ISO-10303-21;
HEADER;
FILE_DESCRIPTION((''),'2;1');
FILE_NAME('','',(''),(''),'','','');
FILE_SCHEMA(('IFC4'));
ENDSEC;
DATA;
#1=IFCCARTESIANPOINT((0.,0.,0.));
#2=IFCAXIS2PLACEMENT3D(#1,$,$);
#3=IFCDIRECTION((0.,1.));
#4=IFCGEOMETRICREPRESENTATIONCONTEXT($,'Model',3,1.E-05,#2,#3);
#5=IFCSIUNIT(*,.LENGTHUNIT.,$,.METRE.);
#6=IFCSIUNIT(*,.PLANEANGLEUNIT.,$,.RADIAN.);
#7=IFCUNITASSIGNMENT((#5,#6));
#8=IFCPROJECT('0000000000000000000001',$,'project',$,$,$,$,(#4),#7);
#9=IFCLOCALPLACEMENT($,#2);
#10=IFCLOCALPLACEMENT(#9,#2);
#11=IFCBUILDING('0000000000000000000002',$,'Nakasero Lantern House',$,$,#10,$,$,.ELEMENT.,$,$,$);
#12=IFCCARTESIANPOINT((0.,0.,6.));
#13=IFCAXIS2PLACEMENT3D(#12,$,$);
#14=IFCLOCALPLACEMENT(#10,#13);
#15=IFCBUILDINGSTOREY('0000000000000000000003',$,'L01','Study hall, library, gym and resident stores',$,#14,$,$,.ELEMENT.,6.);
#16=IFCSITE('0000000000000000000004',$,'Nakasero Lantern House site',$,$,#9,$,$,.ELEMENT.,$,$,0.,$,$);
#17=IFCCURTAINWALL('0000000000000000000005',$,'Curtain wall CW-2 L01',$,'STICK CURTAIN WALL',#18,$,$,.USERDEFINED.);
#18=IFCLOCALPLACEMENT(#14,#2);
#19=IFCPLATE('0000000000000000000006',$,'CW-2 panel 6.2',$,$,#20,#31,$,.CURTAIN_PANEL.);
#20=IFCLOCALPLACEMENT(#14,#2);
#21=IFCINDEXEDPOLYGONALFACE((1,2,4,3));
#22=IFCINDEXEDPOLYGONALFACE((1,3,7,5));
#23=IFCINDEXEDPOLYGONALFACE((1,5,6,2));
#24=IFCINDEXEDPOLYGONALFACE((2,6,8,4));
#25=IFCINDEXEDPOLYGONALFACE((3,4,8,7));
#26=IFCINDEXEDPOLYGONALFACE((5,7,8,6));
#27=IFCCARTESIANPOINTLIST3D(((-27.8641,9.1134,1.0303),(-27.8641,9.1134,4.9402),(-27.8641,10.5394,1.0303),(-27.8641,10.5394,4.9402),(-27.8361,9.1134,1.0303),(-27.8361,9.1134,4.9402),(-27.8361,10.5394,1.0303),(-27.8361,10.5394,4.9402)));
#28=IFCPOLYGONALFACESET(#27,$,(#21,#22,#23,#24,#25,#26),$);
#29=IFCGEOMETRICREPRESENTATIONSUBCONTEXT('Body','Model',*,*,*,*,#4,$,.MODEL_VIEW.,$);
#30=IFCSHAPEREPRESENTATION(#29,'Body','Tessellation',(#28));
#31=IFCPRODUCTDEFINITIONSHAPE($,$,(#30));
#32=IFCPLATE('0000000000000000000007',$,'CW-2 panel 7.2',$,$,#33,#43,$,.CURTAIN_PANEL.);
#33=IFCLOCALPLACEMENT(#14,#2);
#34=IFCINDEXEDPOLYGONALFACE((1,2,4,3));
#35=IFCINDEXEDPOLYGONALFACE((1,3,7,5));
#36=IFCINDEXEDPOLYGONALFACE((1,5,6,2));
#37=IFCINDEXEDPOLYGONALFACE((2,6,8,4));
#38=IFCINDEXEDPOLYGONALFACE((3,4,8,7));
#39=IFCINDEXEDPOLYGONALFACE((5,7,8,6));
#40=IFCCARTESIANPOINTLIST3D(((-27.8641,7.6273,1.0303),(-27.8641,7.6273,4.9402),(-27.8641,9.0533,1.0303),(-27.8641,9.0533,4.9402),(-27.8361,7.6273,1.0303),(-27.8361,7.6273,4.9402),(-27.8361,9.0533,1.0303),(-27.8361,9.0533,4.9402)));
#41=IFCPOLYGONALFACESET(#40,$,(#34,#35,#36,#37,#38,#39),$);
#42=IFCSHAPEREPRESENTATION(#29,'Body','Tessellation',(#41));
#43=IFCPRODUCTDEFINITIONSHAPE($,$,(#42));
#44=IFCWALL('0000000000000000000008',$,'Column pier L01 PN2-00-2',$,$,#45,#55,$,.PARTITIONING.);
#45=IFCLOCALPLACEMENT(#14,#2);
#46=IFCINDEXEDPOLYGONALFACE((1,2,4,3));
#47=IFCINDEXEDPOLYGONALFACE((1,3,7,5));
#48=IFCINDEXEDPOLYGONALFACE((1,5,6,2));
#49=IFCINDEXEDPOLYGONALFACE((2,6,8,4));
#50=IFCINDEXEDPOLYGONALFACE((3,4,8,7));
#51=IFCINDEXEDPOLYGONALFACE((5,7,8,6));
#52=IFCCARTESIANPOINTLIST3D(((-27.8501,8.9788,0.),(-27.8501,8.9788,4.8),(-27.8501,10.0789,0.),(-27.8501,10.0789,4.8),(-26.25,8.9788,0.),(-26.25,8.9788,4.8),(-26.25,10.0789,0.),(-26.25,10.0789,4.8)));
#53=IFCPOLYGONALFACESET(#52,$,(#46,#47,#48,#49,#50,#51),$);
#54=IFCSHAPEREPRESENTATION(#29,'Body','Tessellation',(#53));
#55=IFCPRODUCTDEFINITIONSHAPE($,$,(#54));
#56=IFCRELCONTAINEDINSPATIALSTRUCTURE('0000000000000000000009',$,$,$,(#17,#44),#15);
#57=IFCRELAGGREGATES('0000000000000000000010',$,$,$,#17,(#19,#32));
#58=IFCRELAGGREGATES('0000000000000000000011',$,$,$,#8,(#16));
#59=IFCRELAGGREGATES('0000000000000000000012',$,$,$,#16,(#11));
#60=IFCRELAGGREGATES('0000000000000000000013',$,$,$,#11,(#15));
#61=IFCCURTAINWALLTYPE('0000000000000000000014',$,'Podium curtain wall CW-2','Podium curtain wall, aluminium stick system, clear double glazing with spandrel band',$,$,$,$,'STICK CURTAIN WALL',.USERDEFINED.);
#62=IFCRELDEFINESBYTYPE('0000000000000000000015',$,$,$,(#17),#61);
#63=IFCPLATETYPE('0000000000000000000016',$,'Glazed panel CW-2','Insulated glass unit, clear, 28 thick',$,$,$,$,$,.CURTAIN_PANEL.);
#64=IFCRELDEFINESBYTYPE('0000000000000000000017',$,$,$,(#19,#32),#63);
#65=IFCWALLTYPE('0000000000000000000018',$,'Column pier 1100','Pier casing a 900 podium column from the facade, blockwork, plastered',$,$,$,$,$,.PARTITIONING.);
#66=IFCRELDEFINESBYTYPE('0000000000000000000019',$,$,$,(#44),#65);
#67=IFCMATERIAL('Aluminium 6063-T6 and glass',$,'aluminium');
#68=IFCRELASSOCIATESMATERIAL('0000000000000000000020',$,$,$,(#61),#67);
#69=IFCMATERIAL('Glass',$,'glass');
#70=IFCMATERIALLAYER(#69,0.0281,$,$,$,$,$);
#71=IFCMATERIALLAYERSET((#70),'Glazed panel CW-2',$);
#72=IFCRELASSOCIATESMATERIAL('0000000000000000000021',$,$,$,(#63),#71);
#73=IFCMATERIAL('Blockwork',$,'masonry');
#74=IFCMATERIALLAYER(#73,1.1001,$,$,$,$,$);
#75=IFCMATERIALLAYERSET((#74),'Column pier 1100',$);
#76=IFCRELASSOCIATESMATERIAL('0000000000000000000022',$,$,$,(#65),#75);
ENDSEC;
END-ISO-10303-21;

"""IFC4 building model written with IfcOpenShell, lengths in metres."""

from ifc_helpers import new_model, si_unit, direction, frame, frame_2d, origin, origin_2d, place, context, subcontext, project, spatial, rectangle, extrude, material, layer, layer_set, type_object, element, aggregate, save


model = new_model("IFC4")

# Units and contexts
model_context = context("Model", 3, precision=1e-05, world=origin(), true_north=direction((0.0, 1.0)))
body_context = subcontext(model_context, "Body", "Model", "MODEL_VIEW")
ifc_project = project(units=[si_unit("LENGTHUNIT", "METRE"), si_unit("PLANEANGLEUNIT", "RADIAN")], contexts=[model_context])

# Site, building, storey
site_placement = place(None, origin())
site = spatial("IfcSite", under=ifc_project, at=site_placement, Name="Nakasero Lantern House site", CompositionType="ELEMENT", RefElevation=0.0)
building_placement = place(site_placement, origin())
building = spatial("IfcBuilding", under=site, at=building_placement, Name="Nakasero Lantern House", CompositionType="ELEMENT")
storey_placement = place(building_placement, frame((0.0, 0.0, 6.0)))
storey = spatial("IfcBuildingStorey", under=building, at=storey_placement, Name="L01", Description="Study hall, library, gym and resident stores", CompositionType="ELEMENT", Elevation=6.0)

# Curtain wall
ifc_material_1 = material(Name="Aluminium 6063-T6 and glass", Category="aluminium")
curtain_wall_type = type_object("IfcCurtainWallType", Name="Podium curtain wall CW-2", Description="Podium curtain wall, aluminium stick system, clear double glazing with spandrel band", ElementType="STICK CURTAIN WALL", PredefinedType="USERDEFINED", material=ifc_material_1)
curtain_wall_placement = place(storey_placement, origin())
curtain_wall = element("IfcCurtainWall", 1, at=curtain_wall_placement, inside=storey, type_object=curtain_wall_type, Name="Curtain wall CW-2 L01", ObjectType="STICK CURTAIN WALL", PredefinedType="USERDEFINED")

# Plates
ifc_material_2 = material(Name="Glass", Category="glass")
ifc_layer_1 = layer(ifc_material_2, 0.0281)
ifc_layer_set_1 = layer_set([ifc_layer_1], Name="Glazed panel CW-2")
plate_type = type_object("IfcPlateType", Name="Glazed panel CW-2", Description="Insulated glass unit, clear, 28 thick", PredefinedType="CURTAIN_PANEL", material=ifc_layer_set_1)
plate_1_placement = place(storey_placement, frame((-27.8501, 9.8264, 1.0303), z_axis=(0.0, 0.0, 1.0), x_axis=(0.0, -1.0, 0.0)))
plate_1 = element("IfcPlate", 2, at=plate_1_placement, type_object=plate_type, Name="CW-2 panel 6.2", PredefinedType="CURTAIN_PANEL", context=body_context, shape_type="SweptSolid", body=[
    extrude(rectangle(XDim=1.426, YDim=0.0281, at=origin_2d()), origin(), (0.0, 0.0, 1.0), 3.9099),
])
plate_2_placement = place(storey_placement, frame((-27.8501, 8.3403, 1.0303), z_axis=(0.0, 0.0, 1.0), x_axis=(0.0, -1.0, 0.0)))
plate_2 = element("IfcPlate", 3, at=plate_2_placement, type_object=plate_type, Name="CW-2 panel 7.2", PredefinedType="CURTAIN_PANEL", context=body_context, shape_type="SweptSolid", body=[
    extrude(rectangle(XDim=1.426, YDim=0.0281, at=origin_2d()), origin(), (0.0, 0.0, 1.0), 3.9099),
])
aggregate(curtain_wall, [plate_1, plate_2])

# Wall
ifc_material_3 = material(Name="Blockwork", Category="masonry")
ifc_layer_2 = layer(ifc_material_3, 1.1001)
ifc_layer_set_2 = layer_set([ifc_layer_2], Name="Column pier 1100")
wall_type = type_object("IfcWallType", Name="Column pier 1100", Description="Pier casing a 900 podium column from the facade, blockwork, plastered", PredefinedType="PARTITIONING", material=ifc_layer_set_2)
wall_placement = place(storey_placement, frame((-26.25, 9.5288, 0.0), z_axis=(0.0, 0.0, 1.0), x_axis=(-1.0, 0.0, 0.0)))
element("IfcWall", 4, at=wall_placement, inside=storey, type_object=wall_type, Name="Column pier L01 PN2-00-2", PredefinedType="PARTITIONING", context=body_context, shape_type="SweptSolid", body=[
    extrude(rectangle(XDim=1.6001, YDim=1.1001, at=frame_2d((0.8, 0.0))), origin(), (0.0, 0.0, 1.0), 4.8),
])

save(model, "model.ifc")
